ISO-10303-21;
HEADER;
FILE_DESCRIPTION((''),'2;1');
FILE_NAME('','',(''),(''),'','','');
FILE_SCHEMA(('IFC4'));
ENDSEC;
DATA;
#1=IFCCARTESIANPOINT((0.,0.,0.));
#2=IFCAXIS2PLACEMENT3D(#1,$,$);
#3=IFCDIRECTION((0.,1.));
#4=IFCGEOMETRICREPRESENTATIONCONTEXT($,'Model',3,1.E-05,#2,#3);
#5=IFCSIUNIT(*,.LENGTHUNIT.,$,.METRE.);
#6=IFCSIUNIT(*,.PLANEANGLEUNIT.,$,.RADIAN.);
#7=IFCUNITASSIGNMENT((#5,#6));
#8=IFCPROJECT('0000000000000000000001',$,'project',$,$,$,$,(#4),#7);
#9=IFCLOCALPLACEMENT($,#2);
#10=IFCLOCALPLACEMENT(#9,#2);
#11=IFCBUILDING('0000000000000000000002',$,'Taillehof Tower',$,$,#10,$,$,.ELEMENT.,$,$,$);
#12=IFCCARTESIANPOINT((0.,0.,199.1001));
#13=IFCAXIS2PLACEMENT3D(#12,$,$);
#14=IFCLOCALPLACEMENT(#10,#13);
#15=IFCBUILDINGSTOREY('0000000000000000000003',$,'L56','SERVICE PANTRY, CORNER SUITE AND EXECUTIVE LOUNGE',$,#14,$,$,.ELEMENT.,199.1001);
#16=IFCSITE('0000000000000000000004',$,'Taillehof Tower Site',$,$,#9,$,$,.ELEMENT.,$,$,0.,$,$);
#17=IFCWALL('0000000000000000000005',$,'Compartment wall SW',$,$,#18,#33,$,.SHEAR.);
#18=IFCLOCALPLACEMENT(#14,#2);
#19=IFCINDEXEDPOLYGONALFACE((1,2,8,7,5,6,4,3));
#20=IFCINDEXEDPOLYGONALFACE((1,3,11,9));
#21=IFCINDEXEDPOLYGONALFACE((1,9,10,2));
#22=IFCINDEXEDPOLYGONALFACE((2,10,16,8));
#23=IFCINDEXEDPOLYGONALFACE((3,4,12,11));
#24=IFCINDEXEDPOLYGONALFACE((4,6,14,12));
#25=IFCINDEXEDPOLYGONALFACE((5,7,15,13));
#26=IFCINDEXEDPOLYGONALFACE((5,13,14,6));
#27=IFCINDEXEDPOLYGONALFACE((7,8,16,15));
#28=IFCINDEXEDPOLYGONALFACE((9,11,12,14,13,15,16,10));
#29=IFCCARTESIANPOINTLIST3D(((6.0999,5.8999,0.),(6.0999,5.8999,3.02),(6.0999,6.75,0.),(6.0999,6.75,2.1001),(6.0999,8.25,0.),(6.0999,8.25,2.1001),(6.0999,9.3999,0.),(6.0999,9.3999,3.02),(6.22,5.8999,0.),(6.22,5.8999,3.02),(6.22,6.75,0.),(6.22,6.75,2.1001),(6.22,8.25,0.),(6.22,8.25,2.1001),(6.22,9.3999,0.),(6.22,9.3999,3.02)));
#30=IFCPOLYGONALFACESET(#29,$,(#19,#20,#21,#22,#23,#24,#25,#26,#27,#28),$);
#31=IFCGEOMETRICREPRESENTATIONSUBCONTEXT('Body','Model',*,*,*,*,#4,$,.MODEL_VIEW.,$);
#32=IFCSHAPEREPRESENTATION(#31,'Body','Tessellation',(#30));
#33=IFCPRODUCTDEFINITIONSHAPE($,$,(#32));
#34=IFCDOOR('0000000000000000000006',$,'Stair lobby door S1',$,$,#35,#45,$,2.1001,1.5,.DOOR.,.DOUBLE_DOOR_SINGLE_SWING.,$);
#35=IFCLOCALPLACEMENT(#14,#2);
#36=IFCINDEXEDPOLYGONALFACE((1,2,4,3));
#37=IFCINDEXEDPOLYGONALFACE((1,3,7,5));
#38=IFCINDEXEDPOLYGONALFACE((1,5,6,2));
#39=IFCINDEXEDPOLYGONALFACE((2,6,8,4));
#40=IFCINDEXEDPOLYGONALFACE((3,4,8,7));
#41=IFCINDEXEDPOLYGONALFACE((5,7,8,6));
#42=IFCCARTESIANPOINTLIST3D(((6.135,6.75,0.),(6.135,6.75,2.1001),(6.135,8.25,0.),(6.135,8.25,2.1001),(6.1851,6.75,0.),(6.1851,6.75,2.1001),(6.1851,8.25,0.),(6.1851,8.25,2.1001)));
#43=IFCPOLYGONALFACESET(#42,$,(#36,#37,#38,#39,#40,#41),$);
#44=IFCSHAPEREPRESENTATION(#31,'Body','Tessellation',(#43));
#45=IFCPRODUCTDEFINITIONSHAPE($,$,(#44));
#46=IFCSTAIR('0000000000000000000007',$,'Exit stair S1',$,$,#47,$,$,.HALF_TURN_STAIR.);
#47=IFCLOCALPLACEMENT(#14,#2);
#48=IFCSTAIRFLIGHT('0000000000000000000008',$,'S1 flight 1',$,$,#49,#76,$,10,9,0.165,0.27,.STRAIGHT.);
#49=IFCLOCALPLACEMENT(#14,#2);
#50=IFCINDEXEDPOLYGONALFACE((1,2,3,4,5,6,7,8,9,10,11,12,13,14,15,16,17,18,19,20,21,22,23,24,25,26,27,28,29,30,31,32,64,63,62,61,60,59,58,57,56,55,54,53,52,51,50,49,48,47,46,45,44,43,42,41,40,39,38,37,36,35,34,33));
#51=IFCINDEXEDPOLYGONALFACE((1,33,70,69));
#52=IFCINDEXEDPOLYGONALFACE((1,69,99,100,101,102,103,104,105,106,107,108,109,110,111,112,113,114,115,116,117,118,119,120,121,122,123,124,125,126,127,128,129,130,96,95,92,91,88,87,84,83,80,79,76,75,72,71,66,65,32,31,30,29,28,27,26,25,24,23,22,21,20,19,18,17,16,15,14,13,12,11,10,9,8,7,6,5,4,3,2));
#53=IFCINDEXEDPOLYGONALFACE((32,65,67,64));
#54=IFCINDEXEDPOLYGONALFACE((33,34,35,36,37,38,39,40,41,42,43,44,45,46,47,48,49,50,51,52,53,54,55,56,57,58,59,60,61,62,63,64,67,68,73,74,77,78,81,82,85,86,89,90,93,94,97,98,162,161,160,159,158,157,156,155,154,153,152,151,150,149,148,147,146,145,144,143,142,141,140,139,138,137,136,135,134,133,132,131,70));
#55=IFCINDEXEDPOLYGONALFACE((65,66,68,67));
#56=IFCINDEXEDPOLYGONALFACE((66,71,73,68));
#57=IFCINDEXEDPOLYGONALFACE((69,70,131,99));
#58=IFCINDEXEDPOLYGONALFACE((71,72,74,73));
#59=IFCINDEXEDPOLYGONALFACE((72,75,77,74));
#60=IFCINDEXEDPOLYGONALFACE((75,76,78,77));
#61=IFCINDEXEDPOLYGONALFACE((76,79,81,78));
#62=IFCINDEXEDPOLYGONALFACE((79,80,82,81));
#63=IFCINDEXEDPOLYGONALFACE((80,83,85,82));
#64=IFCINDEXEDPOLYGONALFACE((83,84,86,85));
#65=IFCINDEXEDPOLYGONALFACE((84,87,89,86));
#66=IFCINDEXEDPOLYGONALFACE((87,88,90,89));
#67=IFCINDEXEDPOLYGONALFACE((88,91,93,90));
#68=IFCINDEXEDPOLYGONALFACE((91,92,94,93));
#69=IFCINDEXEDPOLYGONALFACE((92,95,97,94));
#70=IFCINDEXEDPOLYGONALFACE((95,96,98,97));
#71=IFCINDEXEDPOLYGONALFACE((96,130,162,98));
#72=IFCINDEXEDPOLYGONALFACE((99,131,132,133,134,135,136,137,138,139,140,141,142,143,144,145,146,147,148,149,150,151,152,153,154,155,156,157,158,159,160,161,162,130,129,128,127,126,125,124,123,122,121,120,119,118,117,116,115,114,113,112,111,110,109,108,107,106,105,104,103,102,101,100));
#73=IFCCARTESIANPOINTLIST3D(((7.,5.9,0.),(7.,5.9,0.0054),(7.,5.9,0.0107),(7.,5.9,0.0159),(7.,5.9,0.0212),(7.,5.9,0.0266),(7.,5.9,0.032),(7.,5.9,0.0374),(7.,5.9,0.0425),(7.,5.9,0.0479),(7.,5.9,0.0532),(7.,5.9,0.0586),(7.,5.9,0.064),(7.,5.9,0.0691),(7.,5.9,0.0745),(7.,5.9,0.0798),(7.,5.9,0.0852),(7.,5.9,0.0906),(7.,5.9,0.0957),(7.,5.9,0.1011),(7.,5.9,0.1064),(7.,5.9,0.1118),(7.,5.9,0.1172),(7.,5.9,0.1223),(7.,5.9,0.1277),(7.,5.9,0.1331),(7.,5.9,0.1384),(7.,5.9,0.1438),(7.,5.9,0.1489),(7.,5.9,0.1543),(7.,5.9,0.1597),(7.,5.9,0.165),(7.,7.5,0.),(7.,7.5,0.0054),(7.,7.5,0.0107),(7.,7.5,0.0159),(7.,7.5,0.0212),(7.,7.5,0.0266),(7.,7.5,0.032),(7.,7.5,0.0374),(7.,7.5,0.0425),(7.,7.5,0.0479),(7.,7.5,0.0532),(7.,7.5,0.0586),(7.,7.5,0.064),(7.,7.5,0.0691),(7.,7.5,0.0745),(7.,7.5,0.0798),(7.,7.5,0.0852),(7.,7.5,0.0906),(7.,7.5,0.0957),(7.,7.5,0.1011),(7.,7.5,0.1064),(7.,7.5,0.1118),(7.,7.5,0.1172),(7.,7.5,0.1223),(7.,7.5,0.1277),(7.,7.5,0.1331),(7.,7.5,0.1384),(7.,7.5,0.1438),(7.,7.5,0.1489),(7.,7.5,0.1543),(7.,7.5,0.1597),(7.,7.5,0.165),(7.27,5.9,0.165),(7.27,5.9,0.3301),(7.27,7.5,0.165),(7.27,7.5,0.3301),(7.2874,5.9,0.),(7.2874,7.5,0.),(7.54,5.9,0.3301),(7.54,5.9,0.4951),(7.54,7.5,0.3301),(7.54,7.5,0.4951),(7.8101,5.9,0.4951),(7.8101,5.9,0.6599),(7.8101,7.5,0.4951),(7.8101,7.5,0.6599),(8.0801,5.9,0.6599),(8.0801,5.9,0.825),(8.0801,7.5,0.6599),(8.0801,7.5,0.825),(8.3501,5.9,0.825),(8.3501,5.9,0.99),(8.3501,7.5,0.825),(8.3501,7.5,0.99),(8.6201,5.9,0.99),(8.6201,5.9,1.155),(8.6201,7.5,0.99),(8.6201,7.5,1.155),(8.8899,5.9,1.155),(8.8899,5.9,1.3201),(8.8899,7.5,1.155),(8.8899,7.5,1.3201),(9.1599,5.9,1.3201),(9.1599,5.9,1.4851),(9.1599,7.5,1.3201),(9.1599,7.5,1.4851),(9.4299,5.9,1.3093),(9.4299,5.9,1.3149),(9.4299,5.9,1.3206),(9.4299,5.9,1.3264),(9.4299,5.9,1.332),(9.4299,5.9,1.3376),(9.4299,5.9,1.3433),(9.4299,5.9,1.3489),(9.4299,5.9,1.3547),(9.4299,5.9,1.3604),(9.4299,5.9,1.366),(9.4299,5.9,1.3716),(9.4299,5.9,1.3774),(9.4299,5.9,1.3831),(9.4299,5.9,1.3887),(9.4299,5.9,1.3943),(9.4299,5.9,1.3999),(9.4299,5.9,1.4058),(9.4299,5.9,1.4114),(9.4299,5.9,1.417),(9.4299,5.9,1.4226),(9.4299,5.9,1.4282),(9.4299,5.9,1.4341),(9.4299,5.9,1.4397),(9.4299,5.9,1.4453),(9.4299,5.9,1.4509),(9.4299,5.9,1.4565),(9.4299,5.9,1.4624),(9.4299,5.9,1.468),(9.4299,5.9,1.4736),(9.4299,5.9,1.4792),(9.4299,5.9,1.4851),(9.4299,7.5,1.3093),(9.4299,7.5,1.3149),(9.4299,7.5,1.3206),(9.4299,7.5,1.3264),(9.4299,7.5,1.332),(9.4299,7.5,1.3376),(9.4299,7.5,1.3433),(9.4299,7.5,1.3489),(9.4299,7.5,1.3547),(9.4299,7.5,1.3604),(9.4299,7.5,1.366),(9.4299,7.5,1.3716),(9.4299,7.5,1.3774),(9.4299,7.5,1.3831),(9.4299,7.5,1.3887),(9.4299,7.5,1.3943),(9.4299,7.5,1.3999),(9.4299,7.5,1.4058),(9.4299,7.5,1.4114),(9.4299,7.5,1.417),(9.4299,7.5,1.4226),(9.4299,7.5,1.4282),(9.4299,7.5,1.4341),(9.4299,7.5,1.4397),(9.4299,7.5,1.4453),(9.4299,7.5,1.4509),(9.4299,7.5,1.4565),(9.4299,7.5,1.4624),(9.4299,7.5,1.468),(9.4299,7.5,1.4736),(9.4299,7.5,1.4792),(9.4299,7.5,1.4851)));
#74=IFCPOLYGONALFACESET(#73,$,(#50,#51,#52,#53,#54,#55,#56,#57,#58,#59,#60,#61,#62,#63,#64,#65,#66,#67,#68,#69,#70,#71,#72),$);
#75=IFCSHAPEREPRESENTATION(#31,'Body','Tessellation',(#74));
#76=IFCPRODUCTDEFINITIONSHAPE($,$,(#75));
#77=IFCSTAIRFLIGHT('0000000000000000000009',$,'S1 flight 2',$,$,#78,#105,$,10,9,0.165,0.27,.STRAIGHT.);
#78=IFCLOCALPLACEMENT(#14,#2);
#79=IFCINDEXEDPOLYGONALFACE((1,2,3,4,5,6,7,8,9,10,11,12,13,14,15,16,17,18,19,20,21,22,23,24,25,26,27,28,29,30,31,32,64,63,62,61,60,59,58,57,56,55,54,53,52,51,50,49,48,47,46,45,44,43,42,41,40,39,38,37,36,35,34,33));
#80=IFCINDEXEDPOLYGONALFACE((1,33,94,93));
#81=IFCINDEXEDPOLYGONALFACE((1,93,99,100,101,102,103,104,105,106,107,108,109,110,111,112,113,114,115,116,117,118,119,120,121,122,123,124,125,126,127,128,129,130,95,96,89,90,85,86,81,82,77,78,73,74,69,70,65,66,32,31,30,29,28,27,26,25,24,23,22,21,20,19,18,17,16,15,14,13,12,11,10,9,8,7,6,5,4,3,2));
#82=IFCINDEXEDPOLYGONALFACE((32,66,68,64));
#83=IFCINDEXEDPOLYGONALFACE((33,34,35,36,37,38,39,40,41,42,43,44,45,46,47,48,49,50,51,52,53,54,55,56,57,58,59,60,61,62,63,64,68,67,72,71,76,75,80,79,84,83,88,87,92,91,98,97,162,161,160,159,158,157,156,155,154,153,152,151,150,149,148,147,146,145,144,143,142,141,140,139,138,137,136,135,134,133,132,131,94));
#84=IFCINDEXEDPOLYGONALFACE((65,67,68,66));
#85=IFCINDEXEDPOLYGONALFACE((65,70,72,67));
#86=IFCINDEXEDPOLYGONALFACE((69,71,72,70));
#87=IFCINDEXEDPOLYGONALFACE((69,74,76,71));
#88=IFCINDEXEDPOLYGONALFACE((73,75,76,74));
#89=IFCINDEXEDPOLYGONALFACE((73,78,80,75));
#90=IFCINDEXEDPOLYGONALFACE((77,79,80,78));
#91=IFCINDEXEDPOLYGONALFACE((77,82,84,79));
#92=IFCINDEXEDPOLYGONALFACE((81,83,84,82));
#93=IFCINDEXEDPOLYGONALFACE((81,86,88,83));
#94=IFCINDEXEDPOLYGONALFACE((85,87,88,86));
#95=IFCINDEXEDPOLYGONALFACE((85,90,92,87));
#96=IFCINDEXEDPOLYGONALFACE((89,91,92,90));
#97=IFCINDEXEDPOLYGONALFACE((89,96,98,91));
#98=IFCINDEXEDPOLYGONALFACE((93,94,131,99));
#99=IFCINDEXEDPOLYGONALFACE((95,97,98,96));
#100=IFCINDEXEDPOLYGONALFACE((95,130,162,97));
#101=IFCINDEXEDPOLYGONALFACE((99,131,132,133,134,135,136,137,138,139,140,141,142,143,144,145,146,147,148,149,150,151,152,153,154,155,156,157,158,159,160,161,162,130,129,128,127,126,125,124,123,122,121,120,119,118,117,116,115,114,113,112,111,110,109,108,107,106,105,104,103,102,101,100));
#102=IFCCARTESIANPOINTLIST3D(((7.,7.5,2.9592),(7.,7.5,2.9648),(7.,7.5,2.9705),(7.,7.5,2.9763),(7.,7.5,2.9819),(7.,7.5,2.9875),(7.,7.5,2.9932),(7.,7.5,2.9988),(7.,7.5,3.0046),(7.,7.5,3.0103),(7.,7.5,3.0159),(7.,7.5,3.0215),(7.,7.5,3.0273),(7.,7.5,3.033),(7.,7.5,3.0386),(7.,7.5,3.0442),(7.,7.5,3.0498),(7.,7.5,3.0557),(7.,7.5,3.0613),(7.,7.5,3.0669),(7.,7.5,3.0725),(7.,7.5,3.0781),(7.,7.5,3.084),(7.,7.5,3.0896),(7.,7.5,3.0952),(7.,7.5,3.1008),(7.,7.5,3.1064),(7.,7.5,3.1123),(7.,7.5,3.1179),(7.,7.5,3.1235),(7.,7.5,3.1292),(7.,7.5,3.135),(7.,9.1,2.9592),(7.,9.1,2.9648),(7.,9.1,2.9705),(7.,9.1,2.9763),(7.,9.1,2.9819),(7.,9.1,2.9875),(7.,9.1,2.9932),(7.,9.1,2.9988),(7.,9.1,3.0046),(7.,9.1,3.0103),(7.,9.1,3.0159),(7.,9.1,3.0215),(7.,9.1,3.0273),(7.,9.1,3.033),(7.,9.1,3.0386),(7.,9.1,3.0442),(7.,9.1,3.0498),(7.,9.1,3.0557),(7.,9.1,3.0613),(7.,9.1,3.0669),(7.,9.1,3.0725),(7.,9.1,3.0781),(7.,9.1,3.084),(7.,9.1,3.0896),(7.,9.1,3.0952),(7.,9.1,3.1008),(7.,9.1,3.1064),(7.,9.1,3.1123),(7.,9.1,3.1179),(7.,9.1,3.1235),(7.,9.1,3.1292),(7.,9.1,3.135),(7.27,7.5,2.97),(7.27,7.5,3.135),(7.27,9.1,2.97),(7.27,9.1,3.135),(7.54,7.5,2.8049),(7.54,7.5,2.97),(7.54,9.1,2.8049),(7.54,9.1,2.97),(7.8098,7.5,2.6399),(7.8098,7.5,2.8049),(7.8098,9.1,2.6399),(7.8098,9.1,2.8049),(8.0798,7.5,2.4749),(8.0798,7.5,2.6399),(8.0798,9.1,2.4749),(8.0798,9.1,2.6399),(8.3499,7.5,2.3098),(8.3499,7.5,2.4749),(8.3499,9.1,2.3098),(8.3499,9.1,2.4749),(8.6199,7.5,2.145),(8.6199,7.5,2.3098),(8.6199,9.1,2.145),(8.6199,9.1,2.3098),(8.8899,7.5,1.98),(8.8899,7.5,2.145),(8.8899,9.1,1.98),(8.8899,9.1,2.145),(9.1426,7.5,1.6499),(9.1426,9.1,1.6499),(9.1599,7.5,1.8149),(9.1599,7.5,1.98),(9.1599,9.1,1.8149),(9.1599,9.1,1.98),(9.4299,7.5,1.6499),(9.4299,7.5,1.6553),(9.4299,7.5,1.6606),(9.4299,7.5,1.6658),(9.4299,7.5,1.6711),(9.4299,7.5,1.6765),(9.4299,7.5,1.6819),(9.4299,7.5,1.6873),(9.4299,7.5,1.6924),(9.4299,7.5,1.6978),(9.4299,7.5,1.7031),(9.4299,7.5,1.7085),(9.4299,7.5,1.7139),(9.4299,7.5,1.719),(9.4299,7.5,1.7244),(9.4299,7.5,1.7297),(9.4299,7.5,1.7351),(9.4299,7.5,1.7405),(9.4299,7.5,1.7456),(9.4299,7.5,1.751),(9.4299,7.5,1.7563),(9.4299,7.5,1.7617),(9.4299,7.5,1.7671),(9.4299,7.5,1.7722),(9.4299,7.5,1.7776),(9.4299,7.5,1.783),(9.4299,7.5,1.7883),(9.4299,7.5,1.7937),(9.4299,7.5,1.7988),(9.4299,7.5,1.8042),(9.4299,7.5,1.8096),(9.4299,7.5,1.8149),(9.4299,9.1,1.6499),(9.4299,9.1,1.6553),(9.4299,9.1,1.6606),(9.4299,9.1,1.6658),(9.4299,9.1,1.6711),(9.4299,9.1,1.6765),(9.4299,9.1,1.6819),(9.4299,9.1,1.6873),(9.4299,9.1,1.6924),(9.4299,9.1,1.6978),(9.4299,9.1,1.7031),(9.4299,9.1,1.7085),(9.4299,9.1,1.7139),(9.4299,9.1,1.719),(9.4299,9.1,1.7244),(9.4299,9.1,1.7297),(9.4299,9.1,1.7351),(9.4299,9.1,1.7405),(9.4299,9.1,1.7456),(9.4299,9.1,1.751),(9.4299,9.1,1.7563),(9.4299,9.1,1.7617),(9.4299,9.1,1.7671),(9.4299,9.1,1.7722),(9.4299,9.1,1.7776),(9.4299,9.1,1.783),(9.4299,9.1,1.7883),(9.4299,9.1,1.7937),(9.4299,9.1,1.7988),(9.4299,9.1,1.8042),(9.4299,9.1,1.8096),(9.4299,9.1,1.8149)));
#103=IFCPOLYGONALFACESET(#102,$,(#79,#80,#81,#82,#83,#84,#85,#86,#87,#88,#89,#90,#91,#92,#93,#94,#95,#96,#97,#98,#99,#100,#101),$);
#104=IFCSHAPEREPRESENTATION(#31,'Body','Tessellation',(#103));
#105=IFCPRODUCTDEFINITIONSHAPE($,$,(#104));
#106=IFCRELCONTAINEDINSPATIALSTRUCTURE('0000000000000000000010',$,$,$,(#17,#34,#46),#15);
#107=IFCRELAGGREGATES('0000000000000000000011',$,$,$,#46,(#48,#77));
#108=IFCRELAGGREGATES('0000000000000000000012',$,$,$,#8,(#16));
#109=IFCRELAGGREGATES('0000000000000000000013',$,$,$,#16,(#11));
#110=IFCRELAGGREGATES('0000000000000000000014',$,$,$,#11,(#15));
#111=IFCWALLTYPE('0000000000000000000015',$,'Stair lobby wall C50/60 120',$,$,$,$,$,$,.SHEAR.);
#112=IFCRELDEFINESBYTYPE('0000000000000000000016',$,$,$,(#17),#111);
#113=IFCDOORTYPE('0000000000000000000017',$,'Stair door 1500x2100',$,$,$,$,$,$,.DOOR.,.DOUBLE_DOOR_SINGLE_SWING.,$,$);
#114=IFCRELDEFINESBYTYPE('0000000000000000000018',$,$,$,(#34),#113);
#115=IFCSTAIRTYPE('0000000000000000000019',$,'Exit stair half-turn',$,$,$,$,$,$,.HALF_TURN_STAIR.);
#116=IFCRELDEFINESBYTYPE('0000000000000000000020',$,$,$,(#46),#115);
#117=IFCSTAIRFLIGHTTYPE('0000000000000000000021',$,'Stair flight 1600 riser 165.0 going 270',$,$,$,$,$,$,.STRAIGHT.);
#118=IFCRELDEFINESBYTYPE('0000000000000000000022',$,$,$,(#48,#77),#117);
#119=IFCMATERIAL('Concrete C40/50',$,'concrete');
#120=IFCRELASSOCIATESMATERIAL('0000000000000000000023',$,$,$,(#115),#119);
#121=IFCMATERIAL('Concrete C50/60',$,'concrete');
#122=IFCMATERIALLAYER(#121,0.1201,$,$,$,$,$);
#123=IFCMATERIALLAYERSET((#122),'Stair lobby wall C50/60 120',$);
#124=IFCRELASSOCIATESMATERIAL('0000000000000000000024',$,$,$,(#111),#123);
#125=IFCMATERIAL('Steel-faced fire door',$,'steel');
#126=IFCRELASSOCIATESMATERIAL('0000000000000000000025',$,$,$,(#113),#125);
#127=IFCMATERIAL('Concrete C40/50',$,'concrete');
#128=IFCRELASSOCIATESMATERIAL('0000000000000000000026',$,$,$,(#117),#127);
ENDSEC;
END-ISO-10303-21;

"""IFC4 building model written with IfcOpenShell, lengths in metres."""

from ifc_helpers import new_model, si_unit, direction, frame, frame_2d, origin, place, context, subcontext, project, spatial, polyline, rectangle, outline, extrude, material, layer, layer_set, type_object, element, fill, aggregate, save


model = new_model("IFC4")

# Units and contexts
model_context = context("Model", 3, precision=1e-05, world=origin(), true_north=direction((0.0, 1.0)))
body_context = subcontext(model_context, "Body", "Model", "MODEL_VIEW")
ifc_project = project(units=[si_unit("LENGTHUNIT", "METRE"), si_unit("PLANEANGLEUNIT", "RADIAN")], contexts=[model_context])

# Site, building, storey
site_placement = place(None, origin())
site = spatial("IfcSite", under=ifc_project, at=site_placement, Name="Taillehof Tower Site", CompositionType="ELEMENT", RefElevation=0.0)
building_placement = place(site_placement, origin())
building = spatial("IfcBuilding", under=site, at=building_placement, Name="Taillehof Tower", CompositionType="ELEMENT")
storey_placement = place(building_placement, frame((0.0, 0.0, 199.1001)))
storey = spatial("IfcBuildingStorey", under=building, at=storey_placement, Name="L56", Description="SERVICE PANTRY, CORNER SUITE AND EXECUTIVE LOUNGE", CompositionType="ELEMENT", Elevation=199.1001)

# Shared definitions
ifc_material_1 = material(Name="Concrete C40/50", Category="concrete")
stair_type = type_object("IfcStairType", Name="Exit stair half-turn", PredefinedType="HALF_TURN_STAIR", material=ifc_material_1)

# Wall, opening, door
ifc_material_2 = material(Name="Concrete C50/60", Category="concrete")
ifc_layer_1 = layer(ifc_material_2, 0.1201)
ifc_layer_set_1 = layer_set([ifc_layer_1], Name="Stair lobby wall C50/60 120")
wall_type_1 = type_object("IfcWallType", Name="Stair lobby wall C50/60 120", PredefinedType="SHEAR", material=ifc_layer_set_1)
wall_1_placement = place(storey_placement, frame((6.1599, 5.8999, 0.0), z_axis=(0.0, 0.0, 1.0), x_axis=(0.0, 1.0, 0.0)))
wall_1 = element("IfcWall", 1, at=wall_1_placement, inside=storey, type_object=wall_type_1, Name="Compartment wall SW", PredefinedType="SHEAR", context=body_context, shape_type="SweptSolid", body=[
    extrude(rectangle(XDim=3.5, YDim=0.1201, at=frame_2d((1.75, 0.0))), origin(), (0.0, 0.0, 1.0), 3.02),
])
opening_1_placement = place(wall_1_placement, frame((0.8501, 0.0, 0.0)))
opening_1 = element("IfcOpeningElement", 2, at=opening_1_placement, cuts=wall_1, PredefinedType="OPENING", context=body_context, shape_type="SweptSolid", body=[
    extrude(rectangle(XDim=1.5, YDim=2.1001, at=frame_2d((0.75, 1.05))), frame((0.0, 0.0701, 0.0), z_axis=(0.0, -1.0, 0.0), x_axis=(1.0, 0.0, 0.0)), (0.0, 0.0, 1.0), 0.1401),
])
ifc_material_3 = material(Name="Steel-faced fire door", Category="steel")
door_type_1 = type_object("IfcDoorType", Name="Stair door 1500x2100", OperationType="DOUBLE_DOOR_SINGLE_SWING", PredefinedType="DOOR", material=ifc_material_3)
door_1_placement = place(opening_1_placement, origin())
door_1 = element("IfcDoor", 3, at=door_1_placement, inside=storey, type_object=door_type_1, Name="Stair lobby door S1", OperationType="DOUBLE_DOOR_SINGLE_SWING", OverallHeight=2.1001, OverallWidth=1.5, PredefinedType="DOOR", context=body_context, shape_type="SweptSolid", body=[
    extrude(rectangle(XDim=1.5, YDim=2.1001, at=frame_2d((0.75, 1.05))), frame((0.0, 0.0249, 0.0), z_axis=(0.0, -1.0, 0.0), x_axis=(1.0, 0.0, 0.0)), (0.0, 0.0, 1.0), 0.05),
])
fill(opening_1, door_1)

# Stair, stair flights
stair_1_placement = place(storey_placement, origin())
stair_1 = element("IfcStair", 4, at=stair_1_placement, inside=storey, type_object=stair_type, Name="Exit stair S1", PredefinedType="HALF_TURN_STAIR")
ifc_material_4 = material(Name="Concrete C40/50", Category="concrete")
stair_flight_type = type_object("IfcStairFlightType", Name="Stair flight 1600 riser 165.0 going 270", PredefinedType="STRAIGHT", material=ifc_material_4)
stair_flight_1_placement = place(storey_placement, frame((7.0, 6.7, 0.0), z_axis=(0.0, 0.0, 1.0), x_axis=(1.0, 0.0, 0.0)))
stair_flight_1 = element("IfcStairFlight", 5, at=stair_flight_1_placement, type_object=stair_flight_type, Name="S1 flight 1", NumberOfRisers=10, NumberOfTreads=9, PredefinedType="STRAIGHT", RiserHeight=0.165, TreadLength=0.27, context=body_context, shape_type="SweptSolid", body=[
    extrude(outline(polyline([(0.0, 0.0), (0.0, 0.0054), (0.0, 0.0107), (0.0, 0.0159), (0.0, 0.0212), (0.0, 0.0266), (0.0, 0.032), (0.0, 0.0374), (0.0, 0.0425), (0.0, 0.0479), (0.0, 0.0532), (0.0, 0.0586), (0.0, 0.064), (0.0, 0.0691), (0.0, 0.0745), (0.0, 0.0798), (0.0, 0.0852), (0.0, 0.0906), (0.0, 0.0957), (0.0, 0.1011), (0.0, 0.1064), (0.0, 0.1118), (0.0, 0.1172), (0.0, 0.1223), (0.0, 0.1277), (0.0, 0.1331), (0.0, 0.1384), (0.0, 0.1438), (0.0, 0.1489), (0.0, 0.1543), (0.0, 0.1597), (0.0, 0.165), (0.27, 0.165), (0.27, 0.3301), (0.54, 0.3301), (0.54, 0.4951), (0.8101, 0.4951), (0.8101, 0.6599), (1.0801, 0.6599), (1.0801, 0.825), (1.3501, 0.825), (1.3501, 0.99), (1.6201, 0.99), (1.6201, 1.155), (1.8899, 1.155), (1.8899, 1.3201), (2.1599, 1.3201), (2.1599, 1.4851), (2.4299, 1.4851), (2.4299, 1.4792), (2.4299, 1.4736), (2.4299, 1.468), (2.4299, 1.4624), (2.4299, 1.4565), (2.4299, 1.4509), (2.4299, 1.4453), (2.4299, 1.4397), (2.4299, 1.4341), (2.4299, 1.4282), (2.4299, 1.4226), (2.4299, 1.417), (2.4299, 1.4114), (2.4299, 1.4058), (2.4299, 1.3999), (2.4299, 1.3943), (2.4299, 1.3887), (2.4299, 1.3831), (2.4299, 1.3774), (2.4299, 1.3716), (2.4299, 1.366), (2.4299, 1.3604), (2.4299, 1.3547), (2.4299, 1.3489), (2.4299, 1.3433), (2.4299, 1.3376), (2.4299, 1.332), (2.4299, 1.3264), (2.4299, 1.3206), (2.4299, 1.3149), (2.4299, 1.3093), (0.2874, 0.0), (0.0, 0.0)])), frame((0.0, 0.8, 0.0), z_axis=(0.0, -1.0, 0.0), x_axis=(1.0, 0.0, 0.0)), (0.0, 0.0, 1.0), 1.6),
])
stair_flight_2_placement = place(storey_placement, frame((9.4299, 8.3, 1.6499), z_axis=(0.0, 0.0, 1.0), x_axis=(-1.0, 0.0, 0.0)))
stair_flight_2 = element("IfcStairFlight", 6, at=stair_flight_2_placement, type_object=stair_flight_type, Name="S1 flight 2", NumberOfRisers=10, NumberOfTreads=9, PredefinedType="STRAIGHT", RiserHeight=0.165, TreadLength=0.27, context=body_context, shape_type="SweptSolid", body=[
    extrude(outline(polyline([(0.0, 0.0), (0.0, 0.0054), (0.0, 0.0107), (0.0, 0.0159), (0.0, 0.0212), (0.0, 0.0266), (0.0, 0.032), (0.0, 0.0374), (0.0, 0.0425), (0.0, 0.0479), (0.0, 0.0532), (0.0, 0.0586), (0.0, 0.064), (0.0, 0.0691), (0.0, 0.0745), (0.0, 0.0798), (0.0, 0.0852), (0.0, 0.0906), (0.0, 0.0957), (0.0, 0.1011), (0.0, 0.1064), (0.0, 0.1118), (0.0, 0.1172), (0.0, 0.1223), (0.0, 0.1277), (0.0, 0.1331), (0.0, 0.1384), (0.0, 0.1438), (0.0, 0.1489), (0.0, 0.1543), (0.0, 0.1597), (0.0, 0.165), (0.27, 0.165), (0.27, 0.3301), (0.54, 0.3301), (0.54, 0.4951), (0.8101, 0.4951), (0.8101, 0.6599), (1.0801, 0.6599), (1.0801, 0.825), (1.3501, 0.825), (1.3501, 0.99), (1.6201, 0.99), (1.6201, 1.155), (1.8899, 1.155), (1.8899, 1.3201), (2.1599, 1.3201), (2.1599, 1.4851), (2.4299, 1.4851), (2.4299, 1.4792), (2.4299, 1.4736), (2.4299, 1.468), (2.4299, 1.4624), (2.4299, 1.4565), (2.4299, 1.4509), (2.4299, 1.4453), (2.4299, 1.4397), (2.4299, 1.4341), (2.4299, 1.4282), (2.4299, 1.4226), (2.4299, 1.417), (2.4299, 1.4114), (2.4299, 1.4058), (2.4299, 1.3999), (2.4299, 1.3943), (2.4299, 1.3887), (2.4299, 1.3831), (2.4299, 1.3774), (2.4299, 1.3716), (2.4299, 1.366), (2.4299, 1.3604), (2.4299, 1.3547), (2.4299, 1.3489), (2.4299, 1.3433), (2.4299, 1.3376), (2.4299, 1.332), (2.4299, 1.3264), (2.4299, 1.3206), (2.4299, 1.3149), (2.4299, 1.3093), (0.2874, 0.0), (0.0, 0.0)])), frame((0.0, 0.8, 0.0), z_axis=(0.0, -1.0, 0.0), x_axis=(1.0, 0.0, 0.0)), (0.0, 0.0, 1.0), 1.6),
])
aggregate(stair_1, [stair_flight_1, stair_flight_2])

save(model, "model.ifc")
